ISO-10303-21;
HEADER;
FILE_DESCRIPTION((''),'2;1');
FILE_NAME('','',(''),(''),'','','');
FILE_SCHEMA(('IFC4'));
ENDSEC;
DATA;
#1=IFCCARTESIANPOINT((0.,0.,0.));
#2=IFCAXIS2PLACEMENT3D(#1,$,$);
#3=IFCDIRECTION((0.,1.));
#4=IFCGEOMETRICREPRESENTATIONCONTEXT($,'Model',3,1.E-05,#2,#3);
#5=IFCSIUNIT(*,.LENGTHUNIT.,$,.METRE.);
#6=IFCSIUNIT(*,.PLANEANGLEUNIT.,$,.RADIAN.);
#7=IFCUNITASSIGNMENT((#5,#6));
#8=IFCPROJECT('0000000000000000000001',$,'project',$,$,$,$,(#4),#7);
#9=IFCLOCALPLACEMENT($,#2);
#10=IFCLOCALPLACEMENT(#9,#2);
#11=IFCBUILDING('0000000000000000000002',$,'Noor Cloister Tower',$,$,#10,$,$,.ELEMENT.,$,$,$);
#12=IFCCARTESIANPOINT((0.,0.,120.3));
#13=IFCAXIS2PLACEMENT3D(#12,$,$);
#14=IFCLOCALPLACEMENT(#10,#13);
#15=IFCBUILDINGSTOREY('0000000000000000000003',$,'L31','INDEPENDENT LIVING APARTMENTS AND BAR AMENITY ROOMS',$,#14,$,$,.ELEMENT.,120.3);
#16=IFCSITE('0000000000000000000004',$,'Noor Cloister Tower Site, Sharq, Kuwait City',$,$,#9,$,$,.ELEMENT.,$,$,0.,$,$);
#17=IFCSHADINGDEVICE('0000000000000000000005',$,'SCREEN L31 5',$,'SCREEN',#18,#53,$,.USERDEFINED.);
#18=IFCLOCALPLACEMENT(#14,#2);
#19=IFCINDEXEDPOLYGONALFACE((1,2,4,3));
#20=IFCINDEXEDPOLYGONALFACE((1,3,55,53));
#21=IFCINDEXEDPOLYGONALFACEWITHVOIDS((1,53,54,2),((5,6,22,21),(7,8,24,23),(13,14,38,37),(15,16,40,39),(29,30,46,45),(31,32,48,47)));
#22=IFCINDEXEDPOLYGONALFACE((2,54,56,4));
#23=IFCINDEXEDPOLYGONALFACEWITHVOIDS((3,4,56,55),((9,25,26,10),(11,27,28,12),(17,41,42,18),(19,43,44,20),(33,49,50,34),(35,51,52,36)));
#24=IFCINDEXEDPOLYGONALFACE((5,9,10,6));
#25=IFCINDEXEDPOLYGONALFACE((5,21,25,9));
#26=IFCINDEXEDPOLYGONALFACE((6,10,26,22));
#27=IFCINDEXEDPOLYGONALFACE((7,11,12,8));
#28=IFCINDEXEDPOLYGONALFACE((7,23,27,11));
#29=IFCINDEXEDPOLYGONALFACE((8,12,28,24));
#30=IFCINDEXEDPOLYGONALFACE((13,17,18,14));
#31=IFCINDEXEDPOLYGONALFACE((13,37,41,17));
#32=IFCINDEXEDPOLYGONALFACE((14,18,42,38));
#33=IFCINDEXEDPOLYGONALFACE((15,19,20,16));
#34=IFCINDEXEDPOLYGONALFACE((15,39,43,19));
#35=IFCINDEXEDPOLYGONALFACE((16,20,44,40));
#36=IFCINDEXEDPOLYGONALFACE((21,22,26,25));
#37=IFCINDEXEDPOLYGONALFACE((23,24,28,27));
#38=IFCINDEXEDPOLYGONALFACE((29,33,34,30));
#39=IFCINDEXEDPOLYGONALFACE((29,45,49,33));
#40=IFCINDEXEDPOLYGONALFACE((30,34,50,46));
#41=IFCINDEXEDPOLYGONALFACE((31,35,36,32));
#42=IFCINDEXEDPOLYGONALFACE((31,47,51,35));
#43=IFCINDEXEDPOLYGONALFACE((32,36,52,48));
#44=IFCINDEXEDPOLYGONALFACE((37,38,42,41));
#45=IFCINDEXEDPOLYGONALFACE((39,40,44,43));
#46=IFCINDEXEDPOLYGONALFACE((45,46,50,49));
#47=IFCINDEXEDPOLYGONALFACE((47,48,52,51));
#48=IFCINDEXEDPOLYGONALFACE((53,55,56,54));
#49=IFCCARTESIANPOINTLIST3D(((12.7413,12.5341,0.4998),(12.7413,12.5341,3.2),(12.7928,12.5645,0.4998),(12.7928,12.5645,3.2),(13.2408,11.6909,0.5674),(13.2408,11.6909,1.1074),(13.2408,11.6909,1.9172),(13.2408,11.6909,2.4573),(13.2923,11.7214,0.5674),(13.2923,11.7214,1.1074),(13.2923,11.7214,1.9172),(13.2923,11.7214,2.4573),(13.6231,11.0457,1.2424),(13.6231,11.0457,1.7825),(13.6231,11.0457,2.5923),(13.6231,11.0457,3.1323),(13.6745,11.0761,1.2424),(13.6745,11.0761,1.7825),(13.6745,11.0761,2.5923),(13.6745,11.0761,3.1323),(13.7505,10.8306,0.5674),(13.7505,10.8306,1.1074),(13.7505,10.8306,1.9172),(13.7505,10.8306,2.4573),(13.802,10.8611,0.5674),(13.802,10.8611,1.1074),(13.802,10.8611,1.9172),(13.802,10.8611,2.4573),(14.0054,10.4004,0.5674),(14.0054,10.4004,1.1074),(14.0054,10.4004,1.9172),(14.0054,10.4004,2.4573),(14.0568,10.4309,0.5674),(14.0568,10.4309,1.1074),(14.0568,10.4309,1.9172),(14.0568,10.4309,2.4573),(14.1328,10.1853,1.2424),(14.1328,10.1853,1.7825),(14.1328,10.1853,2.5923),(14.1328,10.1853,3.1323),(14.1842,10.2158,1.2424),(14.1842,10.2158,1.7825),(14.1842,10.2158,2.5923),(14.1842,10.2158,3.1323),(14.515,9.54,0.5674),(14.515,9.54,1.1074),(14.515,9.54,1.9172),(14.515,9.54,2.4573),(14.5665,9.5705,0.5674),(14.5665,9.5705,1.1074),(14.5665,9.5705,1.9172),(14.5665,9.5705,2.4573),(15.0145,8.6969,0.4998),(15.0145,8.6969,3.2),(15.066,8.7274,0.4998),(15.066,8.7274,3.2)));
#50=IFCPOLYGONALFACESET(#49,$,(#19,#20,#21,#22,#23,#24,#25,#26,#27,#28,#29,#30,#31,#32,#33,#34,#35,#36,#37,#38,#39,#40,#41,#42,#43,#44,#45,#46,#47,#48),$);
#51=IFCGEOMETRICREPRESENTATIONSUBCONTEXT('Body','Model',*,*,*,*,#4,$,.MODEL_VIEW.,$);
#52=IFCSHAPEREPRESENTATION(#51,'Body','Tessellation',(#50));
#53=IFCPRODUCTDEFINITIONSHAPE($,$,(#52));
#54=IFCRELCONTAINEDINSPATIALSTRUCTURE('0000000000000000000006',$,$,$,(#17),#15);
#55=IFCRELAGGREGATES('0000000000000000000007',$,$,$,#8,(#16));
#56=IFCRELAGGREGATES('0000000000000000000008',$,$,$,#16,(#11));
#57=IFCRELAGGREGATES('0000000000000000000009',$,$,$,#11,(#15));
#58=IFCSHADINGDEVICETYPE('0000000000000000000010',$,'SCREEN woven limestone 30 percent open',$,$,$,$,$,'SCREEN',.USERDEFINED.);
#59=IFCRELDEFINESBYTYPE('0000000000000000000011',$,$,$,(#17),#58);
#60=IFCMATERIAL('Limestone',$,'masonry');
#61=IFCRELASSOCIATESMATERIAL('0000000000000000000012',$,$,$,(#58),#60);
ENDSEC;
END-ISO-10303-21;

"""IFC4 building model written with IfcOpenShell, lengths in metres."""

from ifc_helpers import new_model, si_unit, direction, frame, origin, place, context, subcontext, project, spatial, polyline, outline, extrude, material, material_profile, profile_set, type_object, element, save


model = new_model("IFC4")

# Units and contexts
model_context = context("Model", 3, precision=1e-05, world=origin(), true_north=direction((0.0, 1.0)))
body_context = subcontext(model_context, "Body", "Model", "MODEL_VIEW")
ifc_project = project(units=[si_unit("LENGTHUNIT", "METRE"), si_unit("PLANEANGLEUNIT", "RADIAN")], contexts=[model_context])

# Site, building, storey
site_placement = place(None, origin())
site = spatial("IfcSite", under=ifc_project, at=site_placement, Name="Noor Cloister Tower Site, Sharq, Kuwait City", CompositionType="ELEMENT", RefElevation=0.0)
building_placement = place(site_placement, origin())
building = spatial("IfcBuilding", under=site, at=building_placement, Name="Noor Cloister Tower", CompositionType="ELEMENT")
storey_placement = place(building_placement, frame((0.0, 0.0, 120.3)))
storey = spatial("IfcBuildingStorey", under=building, at=storey_placement, Name="L31", Description="INDEPENDENT LIVING APARTMENTS AND BAR AMENITY ROOMS", CompositionType="ELEMENT", Elevation=120.3)

# Shading device
ifc_material_1 = material(Name="Limestone", Category="masonry")
ifc_material_profile = material_profile(ifc_material_1, outline(polyline([(-2.23, -1.3501), (2.23, -1.3501), (2.23, 1.3501), (-2.23, 1.3501), (-2.23, -1.3501)]), holes=[polyline([(-1.25, -1.2825), (-0.25, -1.2825), (-0.25, -0.7424), (-1.25, -0.7424), (-1.25, -1.2825)]), polyline([(0.25, -1.2825), (1.25, -1.2825), (1.25, -0.7424), (0.25, -0.7424), (0.25, -1.2825)]), polyline([(-0.5, -0.6074), (0.5, -0.6074), (0.5, -0.0674), (-0.5, -0.0674), (-0.5, -0.6074)]), polyline([(-1.25, 0.0674), (-0.25, 0.0674), (-0.25, 0.6074), (-1.25, 0.6074), (-1.25, 0.0674)]), polyline([(0.25, 0.0674), (1.25, 0.0674), (1.25, 0.6074), (0.25, 0.6074), (0.25, 0.0674)]), polyline([(-0.5, 0.7424), (0.5, 0.7424), (0.5, 1.2825), (-0.5, 1.2825), (-0.5, 0.7424)])]), Name="Woven screen 30 percent open")
ifc_profile_set = profile_set([ifc_material_profile], Name="Limestone")
shading_device_type = type_object("IfcShadingDeviceType", Name="SCREEN woven limestone 30 percent open", ElementType="SCREEN", PredefinedType="USERDEFINED", material=ifc_profile_set)
shading_device_placement = place(storey_placement, frame((13.8779, 10.6155, 1.8499), z_axis=(0.860358, 0.509691, 0.0), x_axis=(-0.509691, 0.860358, 0.0)))
element("IfcShadingDevice", 1, at=shading_device_placement, inside=storey, type_object=shading_device_type, Name="SCREEN L31 5", ObjectType="SCREEN", PredefinedType="USERDEFINED", context=body_context, shape_type="SweptSolid", body=[
    extrude(outline(polyline([(-2.23, -1.3501), (2.23, -1.3501), (2.23, 1.3501), (-2.23, 1.3501), (-2.23, -1.3501)]), holes=[polyline([(-1.25, -1.2825), (-0.25, -1.2825), (-0.25, -0.7424), (-1.25, -0.7424), (-1.25, -1.2825)]), polyline([(0.25, -1.2825), (1.25, -1.2825), (1.25, -0.7424), (0.25, -0.7424), (0.25, -1.2825)]), polyline([(-0.5, -0.6074), (0.5, -0.6074), (0.5, -0.0674), (-0.5, -0.0674), (-0.5, -0.6074)]), polyline([(-1.25, 0.0674), (-0.25, 0.0674), (-0.25, 0.6074), (-1.25, 0.6074), (-1.25, 0.0674)]), polyline([(0.25, 0.0674), (1.25, 0.0674), (1.25, 0.6074), (0.25, 0.6074), (0.25, 0.0674)]), polyline([(-0.5, 0.7424), (0.5, 0.7424), (0.5, 1.2825), (-0.5, 1.2825), (-0.5, 0.7424)])]), origin(), (0.0, 0.0, 1.0), 0.0598),
])

save(model, "model.ifc")
